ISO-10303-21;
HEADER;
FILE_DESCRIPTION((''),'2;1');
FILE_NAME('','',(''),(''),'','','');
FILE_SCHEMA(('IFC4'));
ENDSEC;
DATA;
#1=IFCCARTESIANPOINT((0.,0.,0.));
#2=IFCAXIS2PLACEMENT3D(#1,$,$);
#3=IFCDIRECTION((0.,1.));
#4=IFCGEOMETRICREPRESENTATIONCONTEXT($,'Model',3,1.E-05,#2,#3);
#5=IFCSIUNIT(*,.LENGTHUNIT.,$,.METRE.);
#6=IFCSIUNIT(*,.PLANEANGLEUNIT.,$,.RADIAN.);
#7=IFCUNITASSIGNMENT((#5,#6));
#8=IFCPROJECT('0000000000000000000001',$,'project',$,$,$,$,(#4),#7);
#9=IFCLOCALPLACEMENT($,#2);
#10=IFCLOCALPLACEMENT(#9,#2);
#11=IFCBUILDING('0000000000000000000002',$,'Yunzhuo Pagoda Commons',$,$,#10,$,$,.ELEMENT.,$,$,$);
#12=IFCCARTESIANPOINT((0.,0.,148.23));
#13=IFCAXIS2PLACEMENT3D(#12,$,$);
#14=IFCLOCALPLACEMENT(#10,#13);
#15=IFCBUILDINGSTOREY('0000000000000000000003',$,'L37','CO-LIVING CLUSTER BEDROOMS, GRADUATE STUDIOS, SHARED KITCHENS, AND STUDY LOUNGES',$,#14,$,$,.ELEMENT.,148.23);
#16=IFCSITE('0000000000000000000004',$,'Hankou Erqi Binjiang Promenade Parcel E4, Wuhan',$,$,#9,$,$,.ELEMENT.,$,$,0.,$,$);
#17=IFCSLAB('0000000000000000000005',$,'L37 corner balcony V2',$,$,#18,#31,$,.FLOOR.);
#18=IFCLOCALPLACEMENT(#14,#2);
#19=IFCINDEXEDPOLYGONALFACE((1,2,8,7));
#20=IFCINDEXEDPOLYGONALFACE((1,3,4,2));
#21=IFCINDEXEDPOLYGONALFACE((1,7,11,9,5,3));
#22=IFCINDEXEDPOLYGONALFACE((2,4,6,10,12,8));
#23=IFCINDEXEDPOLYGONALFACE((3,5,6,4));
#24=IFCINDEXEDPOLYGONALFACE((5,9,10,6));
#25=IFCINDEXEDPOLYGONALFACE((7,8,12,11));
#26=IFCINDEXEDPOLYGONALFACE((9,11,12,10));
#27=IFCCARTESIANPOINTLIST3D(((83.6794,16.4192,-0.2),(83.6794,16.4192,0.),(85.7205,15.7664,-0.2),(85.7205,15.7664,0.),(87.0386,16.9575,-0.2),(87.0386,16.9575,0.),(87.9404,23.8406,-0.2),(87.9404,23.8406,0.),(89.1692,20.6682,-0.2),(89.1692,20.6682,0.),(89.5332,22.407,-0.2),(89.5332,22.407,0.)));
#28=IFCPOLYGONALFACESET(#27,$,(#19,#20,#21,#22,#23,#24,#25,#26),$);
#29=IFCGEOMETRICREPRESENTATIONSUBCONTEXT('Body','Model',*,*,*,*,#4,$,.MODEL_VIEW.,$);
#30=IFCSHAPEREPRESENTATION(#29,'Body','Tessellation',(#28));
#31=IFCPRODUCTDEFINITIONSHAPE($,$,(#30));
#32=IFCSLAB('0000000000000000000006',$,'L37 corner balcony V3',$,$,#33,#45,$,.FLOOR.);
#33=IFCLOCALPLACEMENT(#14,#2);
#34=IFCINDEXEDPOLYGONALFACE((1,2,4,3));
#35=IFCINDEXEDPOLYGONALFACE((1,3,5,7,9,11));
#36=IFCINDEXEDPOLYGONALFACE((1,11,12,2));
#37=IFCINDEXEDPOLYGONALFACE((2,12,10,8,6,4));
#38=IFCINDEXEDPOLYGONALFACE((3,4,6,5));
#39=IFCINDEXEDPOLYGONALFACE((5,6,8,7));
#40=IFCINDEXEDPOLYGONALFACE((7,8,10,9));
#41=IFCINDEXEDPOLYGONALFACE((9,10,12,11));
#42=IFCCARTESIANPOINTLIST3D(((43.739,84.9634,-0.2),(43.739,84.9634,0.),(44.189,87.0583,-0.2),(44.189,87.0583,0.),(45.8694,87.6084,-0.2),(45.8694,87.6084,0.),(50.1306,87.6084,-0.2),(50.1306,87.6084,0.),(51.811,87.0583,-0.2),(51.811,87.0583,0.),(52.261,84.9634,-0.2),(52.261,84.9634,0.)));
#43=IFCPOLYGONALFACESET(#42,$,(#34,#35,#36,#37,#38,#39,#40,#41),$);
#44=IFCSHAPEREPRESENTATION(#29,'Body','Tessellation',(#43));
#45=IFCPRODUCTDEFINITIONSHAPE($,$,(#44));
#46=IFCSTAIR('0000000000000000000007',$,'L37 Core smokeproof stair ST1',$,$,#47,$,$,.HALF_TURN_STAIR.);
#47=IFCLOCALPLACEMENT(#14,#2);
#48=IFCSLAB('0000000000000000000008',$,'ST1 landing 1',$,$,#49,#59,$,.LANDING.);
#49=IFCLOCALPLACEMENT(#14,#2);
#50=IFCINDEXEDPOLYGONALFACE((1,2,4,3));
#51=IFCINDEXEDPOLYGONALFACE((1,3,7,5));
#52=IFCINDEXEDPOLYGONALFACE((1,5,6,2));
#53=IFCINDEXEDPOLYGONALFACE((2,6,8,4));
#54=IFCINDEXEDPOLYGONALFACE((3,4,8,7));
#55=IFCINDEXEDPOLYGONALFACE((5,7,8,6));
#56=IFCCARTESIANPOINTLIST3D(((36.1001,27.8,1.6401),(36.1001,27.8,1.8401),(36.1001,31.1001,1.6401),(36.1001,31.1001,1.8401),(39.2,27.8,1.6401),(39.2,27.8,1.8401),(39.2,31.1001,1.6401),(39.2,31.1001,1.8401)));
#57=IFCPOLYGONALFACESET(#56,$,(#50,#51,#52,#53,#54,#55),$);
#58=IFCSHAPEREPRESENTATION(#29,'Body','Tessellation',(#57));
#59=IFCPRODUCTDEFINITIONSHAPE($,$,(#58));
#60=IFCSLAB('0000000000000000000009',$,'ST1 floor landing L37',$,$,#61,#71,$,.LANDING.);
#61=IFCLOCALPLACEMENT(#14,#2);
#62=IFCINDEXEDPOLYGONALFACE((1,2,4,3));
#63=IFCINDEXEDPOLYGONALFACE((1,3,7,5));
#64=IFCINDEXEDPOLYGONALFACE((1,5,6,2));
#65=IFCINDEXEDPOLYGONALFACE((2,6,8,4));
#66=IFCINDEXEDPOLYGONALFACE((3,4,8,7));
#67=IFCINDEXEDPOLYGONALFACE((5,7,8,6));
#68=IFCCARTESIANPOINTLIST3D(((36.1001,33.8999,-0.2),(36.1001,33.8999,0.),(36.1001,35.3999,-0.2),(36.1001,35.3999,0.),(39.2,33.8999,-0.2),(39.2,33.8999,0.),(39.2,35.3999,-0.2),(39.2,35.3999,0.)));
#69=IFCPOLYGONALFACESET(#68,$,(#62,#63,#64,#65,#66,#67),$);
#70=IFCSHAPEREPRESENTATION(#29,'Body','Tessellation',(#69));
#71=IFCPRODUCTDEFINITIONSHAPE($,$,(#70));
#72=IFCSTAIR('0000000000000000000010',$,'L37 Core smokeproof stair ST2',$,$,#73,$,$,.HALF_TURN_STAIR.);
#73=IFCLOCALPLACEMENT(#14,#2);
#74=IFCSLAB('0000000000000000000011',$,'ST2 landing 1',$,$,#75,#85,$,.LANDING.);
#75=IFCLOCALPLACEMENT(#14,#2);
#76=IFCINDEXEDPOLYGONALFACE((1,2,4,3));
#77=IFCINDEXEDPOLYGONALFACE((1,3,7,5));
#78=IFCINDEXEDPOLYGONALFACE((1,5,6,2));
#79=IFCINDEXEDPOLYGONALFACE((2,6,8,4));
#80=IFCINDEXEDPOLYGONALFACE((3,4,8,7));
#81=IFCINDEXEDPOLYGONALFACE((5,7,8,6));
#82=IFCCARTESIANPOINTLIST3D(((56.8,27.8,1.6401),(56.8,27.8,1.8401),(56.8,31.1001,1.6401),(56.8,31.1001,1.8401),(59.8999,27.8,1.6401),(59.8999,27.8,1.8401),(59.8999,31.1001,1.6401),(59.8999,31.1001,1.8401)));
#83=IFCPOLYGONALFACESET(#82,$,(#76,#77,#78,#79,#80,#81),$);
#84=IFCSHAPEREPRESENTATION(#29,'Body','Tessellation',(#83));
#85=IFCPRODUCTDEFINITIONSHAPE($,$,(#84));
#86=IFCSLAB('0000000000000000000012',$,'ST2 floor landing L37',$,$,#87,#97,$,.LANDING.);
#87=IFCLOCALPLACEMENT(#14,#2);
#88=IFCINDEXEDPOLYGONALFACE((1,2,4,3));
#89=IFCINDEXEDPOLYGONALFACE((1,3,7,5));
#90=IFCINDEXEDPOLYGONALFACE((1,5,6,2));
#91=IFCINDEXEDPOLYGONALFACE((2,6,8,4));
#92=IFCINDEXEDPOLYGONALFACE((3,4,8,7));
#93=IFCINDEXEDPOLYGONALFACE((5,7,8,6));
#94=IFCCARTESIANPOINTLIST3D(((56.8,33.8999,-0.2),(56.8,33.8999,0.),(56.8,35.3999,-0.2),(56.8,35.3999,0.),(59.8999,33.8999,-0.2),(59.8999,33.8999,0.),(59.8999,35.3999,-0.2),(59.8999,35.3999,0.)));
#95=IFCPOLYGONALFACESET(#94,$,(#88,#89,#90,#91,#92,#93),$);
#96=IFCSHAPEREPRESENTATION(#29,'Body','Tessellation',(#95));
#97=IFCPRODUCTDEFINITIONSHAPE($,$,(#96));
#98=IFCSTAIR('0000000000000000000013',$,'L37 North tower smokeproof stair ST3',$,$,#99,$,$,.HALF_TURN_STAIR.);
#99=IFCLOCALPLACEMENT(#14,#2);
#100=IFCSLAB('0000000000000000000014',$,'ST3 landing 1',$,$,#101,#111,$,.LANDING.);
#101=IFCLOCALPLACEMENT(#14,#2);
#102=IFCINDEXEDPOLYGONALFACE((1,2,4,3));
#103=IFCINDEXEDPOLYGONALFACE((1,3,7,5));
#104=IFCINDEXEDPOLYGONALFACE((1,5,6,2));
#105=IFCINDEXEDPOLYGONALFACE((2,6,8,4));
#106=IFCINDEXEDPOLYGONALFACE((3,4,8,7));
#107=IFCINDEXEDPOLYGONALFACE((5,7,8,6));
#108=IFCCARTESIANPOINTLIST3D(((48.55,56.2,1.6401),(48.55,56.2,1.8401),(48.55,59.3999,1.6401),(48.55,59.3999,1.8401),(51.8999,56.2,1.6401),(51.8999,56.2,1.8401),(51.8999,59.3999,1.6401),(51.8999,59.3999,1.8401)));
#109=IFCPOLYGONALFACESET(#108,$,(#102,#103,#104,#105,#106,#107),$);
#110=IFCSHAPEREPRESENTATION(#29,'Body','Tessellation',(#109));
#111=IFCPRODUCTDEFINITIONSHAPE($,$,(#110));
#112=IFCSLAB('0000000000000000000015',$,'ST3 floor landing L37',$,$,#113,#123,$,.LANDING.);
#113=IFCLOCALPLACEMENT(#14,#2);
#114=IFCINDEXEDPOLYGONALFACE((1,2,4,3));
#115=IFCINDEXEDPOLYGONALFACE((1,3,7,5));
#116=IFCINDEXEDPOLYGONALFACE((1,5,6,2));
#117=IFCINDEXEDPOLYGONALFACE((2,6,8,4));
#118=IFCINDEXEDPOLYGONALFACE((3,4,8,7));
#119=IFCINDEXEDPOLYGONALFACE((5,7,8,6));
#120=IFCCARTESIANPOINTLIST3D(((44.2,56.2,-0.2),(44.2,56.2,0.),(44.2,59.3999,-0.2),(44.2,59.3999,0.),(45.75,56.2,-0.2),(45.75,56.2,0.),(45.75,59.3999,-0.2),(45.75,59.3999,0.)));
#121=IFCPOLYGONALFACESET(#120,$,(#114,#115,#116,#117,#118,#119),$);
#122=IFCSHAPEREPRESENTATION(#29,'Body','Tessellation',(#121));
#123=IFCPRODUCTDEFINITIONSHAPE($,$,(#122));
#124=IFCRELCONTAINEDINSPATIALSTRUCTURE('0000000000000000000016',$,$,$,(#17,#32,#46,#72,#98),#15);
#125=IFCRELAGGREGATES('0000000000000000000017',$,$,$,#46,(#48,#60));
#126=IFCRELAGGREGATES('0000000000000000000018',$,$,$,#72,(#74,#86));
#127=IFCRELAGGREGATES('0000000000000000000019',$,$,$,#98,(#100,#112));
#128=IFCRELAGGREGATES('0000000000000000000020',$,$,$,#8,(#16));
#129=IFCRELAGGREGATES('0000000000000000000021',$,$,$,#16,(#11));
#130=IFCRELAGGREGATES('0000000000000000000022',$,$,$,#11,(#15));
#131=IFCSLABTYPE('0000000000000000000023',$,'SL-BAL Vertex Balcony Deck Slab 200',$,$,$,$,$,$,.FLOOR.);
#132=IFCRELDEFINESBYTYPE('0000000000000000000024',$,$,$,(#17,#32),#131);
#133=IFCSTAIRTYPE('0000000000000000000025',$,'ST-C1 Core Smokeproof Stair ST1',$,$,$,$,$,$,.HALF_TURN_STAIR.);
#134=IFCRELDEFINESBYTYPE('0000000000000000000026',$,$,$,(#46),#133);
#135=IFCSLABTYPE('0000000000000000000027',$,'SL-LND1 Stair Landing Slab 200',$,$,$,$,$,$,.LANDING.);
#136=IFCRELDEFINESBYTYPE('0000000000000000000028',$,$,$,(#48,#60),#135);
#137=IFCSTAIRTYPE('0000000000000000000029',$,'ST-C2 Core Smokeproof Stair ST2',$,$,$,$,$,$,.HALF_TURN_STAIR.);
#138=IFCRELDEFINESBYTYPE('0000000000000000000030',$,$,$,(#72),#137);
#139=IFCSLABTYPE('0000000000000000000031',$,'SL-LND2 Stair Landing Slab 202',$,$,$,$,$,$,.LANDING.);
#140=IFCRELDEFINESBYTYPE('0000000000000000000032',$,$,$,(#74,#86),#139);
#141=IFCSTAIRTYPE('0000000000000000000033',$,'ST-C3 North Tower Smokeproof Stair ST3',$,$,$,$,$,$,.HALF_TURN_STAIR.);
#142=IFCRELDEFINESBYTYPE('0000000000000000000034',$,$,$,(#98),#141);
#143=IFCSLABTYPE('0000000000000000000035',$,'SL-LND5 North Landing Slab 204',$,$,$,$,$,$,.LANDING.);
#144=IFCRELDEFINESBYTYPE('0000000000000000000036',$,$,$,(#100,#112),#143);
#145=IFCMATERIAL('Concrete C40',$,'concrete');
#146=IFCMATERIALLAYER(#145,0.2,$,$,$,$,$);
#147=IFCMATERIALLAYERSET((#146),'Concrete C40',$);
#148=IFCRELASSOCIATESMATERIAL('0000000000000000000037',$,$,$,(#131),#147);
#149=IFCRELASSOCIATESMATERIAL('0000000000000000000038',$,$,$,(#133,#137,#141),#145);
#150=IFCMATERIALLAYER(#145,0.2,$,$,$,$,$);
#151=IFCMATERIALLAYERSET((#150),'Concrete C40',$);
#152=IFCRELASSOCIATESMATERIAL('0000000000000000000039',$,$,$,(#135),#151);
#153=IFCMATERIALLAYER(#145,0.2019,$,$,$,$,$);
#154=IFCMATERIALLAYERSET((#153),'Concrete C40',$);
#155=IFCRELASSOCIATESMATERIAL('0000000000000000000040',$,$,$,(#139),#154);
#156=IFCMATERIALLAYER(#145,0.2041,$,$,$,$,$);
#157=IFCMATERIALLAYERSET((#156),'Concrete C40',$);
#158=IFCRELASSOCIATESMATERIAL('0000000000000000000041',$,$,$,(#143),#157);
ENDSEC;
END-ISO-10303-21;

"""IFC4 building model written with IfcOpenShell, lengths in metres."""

from ifc_helpers import new_model, si_unit, direction, frame, origin, place, context, subcontext, project, spatial, polyline, outline, extrude, material, layer, layer_set, type_object, element, aggregate, save


model = new_model("IFC4")

# Units and contexts
model_context = context("Model", 3, precision=1e-05, world=origin(), true_north=direction((0.0, 1.0)))
body_context = subcontext(model_context, "Body", "Model", "MODEL_VIEW")
ifc_project = project(units=[si_unit("LENGTHUNIT", "METRE"), si_unit("PLANEANGLEUNIT", "RADIAN")], contexts=[model_context])

# Site, building, storey
site_placement = place(None, origin())
site = spatial("IfcSite", under=ifc_project, at=site_placement, Name="Hankou Erqi Binjiang Promenade Parcel E4, Wuhan", CompositionType="ELEMENT", RefElevation=0.0)
building_placement = place(site_placement, origin())
building = spatial("IfcBuilding", under=site, at=building_placement, Name="Yunzhuo Pagoda Commons", CompositionType="ELEMENT")
storey_placement = place(building_placement, frame((0.0, 0.0, 148.23)))
storey = spatial("IfcBuildingStorey", under=building, at=storey_placement, Name="L37", Description="CO-LIVING CLUSTER BEDROOMS, GRADUATE STUDIOS, SHARED KITCHENS, AND STUDY LOUNGES", CompositionType="ELEMENT", Elevation=148.23)

# Slabs
ifc_material_1 = material(Name="Concrete C40", Category="concrete")
ifc_layer_1 = layer(ifc_material_1, 0.2)
ifc_layer_set_1 = layer_set([ifc_layer_1], Name="Concrete C40")
slab_type_1 = type_object("IfcSlabType", Name="SL-BAL Vertex Balcony Deck Slab 200", PredefinedType="FLOOR", material=ifc_layer_set_1)
slab_1_placement = place(storey_placement, frame((0.0, 0.0, -0.2)))
element("IfcSlab", 1, at=slab_1_placement, inside=storey, type_object=slab_type_1, Name="L37 corner balcony V2", PredefinedType="FLOOR", context=body_context, shape_type="SweptSolid", body=[
    extrude(outline(polyline([(83.6794, 16.4192), (87.9404, 23.8406), (89.5332, 22.407), (89.1692, 20.6682), (87.0386, 16.9575), (85.7205, 15.7664), (83.6794, 16.4192)])), origin(), (0.0, 0.0, 1.0), 0.2),
])
slab_2_placement = place(storey_placement, frame((0.0, 0.0, -0.2)))
element("IfcSlab", 2, at=slab_2_placement, inside=storey, type_object=slab_type_1, Name="L37 corner balcony V3", PredefinedType="FLOOR", context=body_context, shape_type="SweptSolid", body=[
    extrude(outline(polyline([(52.261, 84.9634), (43.739, 84.9634), (44.189, 87.0583), (45.8694, 87.6084), (50.1306, 87.6084), (51.811, 87.0583), (52.261, 84.9634)])), origin(), (0.0, 0.0, 1.0), 0.2),
])

# Stairs, slabs
stair_type_1 = type_object("IfcStairType", Name="ST-C1 Core Smokeproof Stair ST1", PredefinedType="HALF_TURN_STAIR", material=ifc_material_1)
stair_1_placement = place(storey_placement, origin())
stair_1 = element("IfcStair", 3, at=stair_1_placement, inside=storey, type_object=stair_type_1, Name="L37 Core smokeproof stair ST1", PredefinedType="HALF_TURN_STAIR")
ifc_layer_2 = layer(ifc_material_1, 0.2)
ifc_layer_set_2 = layer_set([ifc_layer_2], Name="Concrete C40")
slab_type_2 = type_object("IfcSlabType", Name="SL-LND1 Stair Landing Slab 200", PredefinedType="LANDING", material=ifc_layer_set_2)
slab_3_placement = place(storey_placement, frame((0.0, 0.0, 1.6401)))
slab_3 = element("IfcSlab", 4, at=slab_3_placement, type_object=slab_type_2, Name="ST1 landing 1", PredefinedType="LANDING", context=body_context, shape_type="SweptSolid", body=[
    extrude(outline(polyline([(36.1001, 31.1001), (36.1001, 27.8), (39.2, 27.8), (39.2, 31.1001), (36.1001, 31.1001)])), origin(), (0.0, 0.0, 1.0), 0.2),
])
slab_4_placement = place(storey_placement, frame((0.0, 0.0, -0.2)))
slab_4 = element("IfcSlab", 5, at=slab_4_placement, type_object=slab_type_2, Name="ST1 floor landing L37", PredefinedType="LANDING", context=body_context, shape_type="SweptSolid", body=[
    extrude(outline(polyline([(36.1001, 35.3999), (36.1001, 33.8999), (39.2, 33.8999), (39.2, 35.3999), (36.1001, 35.3999)])), origin(), (0.0, 0.0, 1.0), 0.2),
])
aggregate(stair_1, [slab_3, slab_4])
stair_type_2 = type_object("IfcStairType", Name="ST-C2 Core Smokeproof Stair ST2", PredefinedType="HALF_TURN_STAIR", material=ifc_material_1)
stair_2_placement = place(storey_placement, origin())
stair_2 = element("IfcStair", 6, at=stair_2_placement, inside=storey, type_object=stair_type_2, Name="L37 Core smokeproof stair ST2", PredefinedType="HALF_TURN_STAIR")
ifc_layer_3 = layer(ifc_material_1, 0.2019)
ifc_layer_set_3 = layer_set([ifc_layer_3], Name="Concrete C40")
slab_type_3 = type_object("IfcSlabType", Name="SL-LND2 Stair Landing Slab 202", PredefinedType="LANDING", material=ifc_layer_set_3)
slab_5_placement = place(storey_placement, frame((0.0, 0.0, 1.6401)))
slab_5 = element("IfcSlab", 7, at=slab_5_placement, type_object=slab_type_3, Name="ST2 landing 1", PredefinedType="LANDING", context=body_context, shape_type="SweptSolid", body=[
    extrude(outline(polyline([(56.8, 31.1001), (56.8, 27.8), (59.8999, 27.8), (59.8999, 31.1001), (56.8, 31.1001)])), origin(), (0.0, 0.0, 1.0), 0.2),
])
slab_6_placement = place(storey_placement, frame((0.0, 0.0, -0.2)))
slab_6 = element("IfcSlab", 8, at=slab_6_placement, type_object=slab_type_3, Name="ST2 floor landing L37", PredefinedType="LANDING", context=body_context, shape_type="SweptSolid", body=[
    extrude(outline(polyline([(56.8, 35.3999), (56.8, 33.8999), (59.8999, 33.8999), (59.8999, 35.3999), (56.8, 35.3999)])), origin(), (0.0, 0.0, 1.0), 0.2),
])
aggregate(stair_2, [slab_5, slab_6])
stair_type_3 = type_object("IfcStairType", Name="ST-C3 North Tower Smokeproof Stair ST3", PredefinedType="HALF_TURN_STAIR", material=ifc_material_1)
stair_3_placement = place(storey_placement, origin())
stair_3 = element("IfcStair", 9, at=stair_3_placement, inside=storey, type_object=stair_type_3, Name="L37 North tower smokeproof stair ST3", PredefinedType="HALF_TURN_STAIR")
ifc_layer_4 = layer(ifc_material_1, 0.2041)
ifc_layer_set_4 = layer_set([ifc_layer_4], Name="Concrete C40")
slab_type_4 = type_object("IfcSlabType", Name="SL-LND5 North Landing Slab 204", PredefinedType="LANDING", material=ifc_layer_set_4)
slab_7_placement = place(storey_placement, frame((0.0, 0.0, 1.6401)))
slab_7 = element("IfcSlab", 10, at=slab_7_placement, type_object=slab_type_4, Name="ST3 landing 1", PredefinedType="LANDING", context=body_context, shape_type="SweptSolid", body=[
    extrude(outline(polyline([(48.55, 56.2), (51.8999, 56.2), (51.8999, 59.3999), (48.55, 59.3999), (48.55, 56.2)])), origin(), (0.0, 0.0, 1.0), 0.2),
])
slab_8_placement = place(storey_placement, frame((0.0, 0.0, -0.2)))
slab_8 = element("IfcSlab", 11, at=slab_8_placement, type_object=slab_type_4, Name="ST3 floor landing L37", PredefinedType="LANDING", context=body_context, shape_type="SweptSolid", body=[
    extrude(outline(polyline([(44.2, 56.2), (45.75, 56.2), (45.75, 59.3999), (44.2, 59.3999), (44.2, 56.2)])), origin(), (0.0, 0.0, 1.0), 0.2),
])
aggregate(stair_3, [slab_7, slab_8])

save(model, "model.ifc")
